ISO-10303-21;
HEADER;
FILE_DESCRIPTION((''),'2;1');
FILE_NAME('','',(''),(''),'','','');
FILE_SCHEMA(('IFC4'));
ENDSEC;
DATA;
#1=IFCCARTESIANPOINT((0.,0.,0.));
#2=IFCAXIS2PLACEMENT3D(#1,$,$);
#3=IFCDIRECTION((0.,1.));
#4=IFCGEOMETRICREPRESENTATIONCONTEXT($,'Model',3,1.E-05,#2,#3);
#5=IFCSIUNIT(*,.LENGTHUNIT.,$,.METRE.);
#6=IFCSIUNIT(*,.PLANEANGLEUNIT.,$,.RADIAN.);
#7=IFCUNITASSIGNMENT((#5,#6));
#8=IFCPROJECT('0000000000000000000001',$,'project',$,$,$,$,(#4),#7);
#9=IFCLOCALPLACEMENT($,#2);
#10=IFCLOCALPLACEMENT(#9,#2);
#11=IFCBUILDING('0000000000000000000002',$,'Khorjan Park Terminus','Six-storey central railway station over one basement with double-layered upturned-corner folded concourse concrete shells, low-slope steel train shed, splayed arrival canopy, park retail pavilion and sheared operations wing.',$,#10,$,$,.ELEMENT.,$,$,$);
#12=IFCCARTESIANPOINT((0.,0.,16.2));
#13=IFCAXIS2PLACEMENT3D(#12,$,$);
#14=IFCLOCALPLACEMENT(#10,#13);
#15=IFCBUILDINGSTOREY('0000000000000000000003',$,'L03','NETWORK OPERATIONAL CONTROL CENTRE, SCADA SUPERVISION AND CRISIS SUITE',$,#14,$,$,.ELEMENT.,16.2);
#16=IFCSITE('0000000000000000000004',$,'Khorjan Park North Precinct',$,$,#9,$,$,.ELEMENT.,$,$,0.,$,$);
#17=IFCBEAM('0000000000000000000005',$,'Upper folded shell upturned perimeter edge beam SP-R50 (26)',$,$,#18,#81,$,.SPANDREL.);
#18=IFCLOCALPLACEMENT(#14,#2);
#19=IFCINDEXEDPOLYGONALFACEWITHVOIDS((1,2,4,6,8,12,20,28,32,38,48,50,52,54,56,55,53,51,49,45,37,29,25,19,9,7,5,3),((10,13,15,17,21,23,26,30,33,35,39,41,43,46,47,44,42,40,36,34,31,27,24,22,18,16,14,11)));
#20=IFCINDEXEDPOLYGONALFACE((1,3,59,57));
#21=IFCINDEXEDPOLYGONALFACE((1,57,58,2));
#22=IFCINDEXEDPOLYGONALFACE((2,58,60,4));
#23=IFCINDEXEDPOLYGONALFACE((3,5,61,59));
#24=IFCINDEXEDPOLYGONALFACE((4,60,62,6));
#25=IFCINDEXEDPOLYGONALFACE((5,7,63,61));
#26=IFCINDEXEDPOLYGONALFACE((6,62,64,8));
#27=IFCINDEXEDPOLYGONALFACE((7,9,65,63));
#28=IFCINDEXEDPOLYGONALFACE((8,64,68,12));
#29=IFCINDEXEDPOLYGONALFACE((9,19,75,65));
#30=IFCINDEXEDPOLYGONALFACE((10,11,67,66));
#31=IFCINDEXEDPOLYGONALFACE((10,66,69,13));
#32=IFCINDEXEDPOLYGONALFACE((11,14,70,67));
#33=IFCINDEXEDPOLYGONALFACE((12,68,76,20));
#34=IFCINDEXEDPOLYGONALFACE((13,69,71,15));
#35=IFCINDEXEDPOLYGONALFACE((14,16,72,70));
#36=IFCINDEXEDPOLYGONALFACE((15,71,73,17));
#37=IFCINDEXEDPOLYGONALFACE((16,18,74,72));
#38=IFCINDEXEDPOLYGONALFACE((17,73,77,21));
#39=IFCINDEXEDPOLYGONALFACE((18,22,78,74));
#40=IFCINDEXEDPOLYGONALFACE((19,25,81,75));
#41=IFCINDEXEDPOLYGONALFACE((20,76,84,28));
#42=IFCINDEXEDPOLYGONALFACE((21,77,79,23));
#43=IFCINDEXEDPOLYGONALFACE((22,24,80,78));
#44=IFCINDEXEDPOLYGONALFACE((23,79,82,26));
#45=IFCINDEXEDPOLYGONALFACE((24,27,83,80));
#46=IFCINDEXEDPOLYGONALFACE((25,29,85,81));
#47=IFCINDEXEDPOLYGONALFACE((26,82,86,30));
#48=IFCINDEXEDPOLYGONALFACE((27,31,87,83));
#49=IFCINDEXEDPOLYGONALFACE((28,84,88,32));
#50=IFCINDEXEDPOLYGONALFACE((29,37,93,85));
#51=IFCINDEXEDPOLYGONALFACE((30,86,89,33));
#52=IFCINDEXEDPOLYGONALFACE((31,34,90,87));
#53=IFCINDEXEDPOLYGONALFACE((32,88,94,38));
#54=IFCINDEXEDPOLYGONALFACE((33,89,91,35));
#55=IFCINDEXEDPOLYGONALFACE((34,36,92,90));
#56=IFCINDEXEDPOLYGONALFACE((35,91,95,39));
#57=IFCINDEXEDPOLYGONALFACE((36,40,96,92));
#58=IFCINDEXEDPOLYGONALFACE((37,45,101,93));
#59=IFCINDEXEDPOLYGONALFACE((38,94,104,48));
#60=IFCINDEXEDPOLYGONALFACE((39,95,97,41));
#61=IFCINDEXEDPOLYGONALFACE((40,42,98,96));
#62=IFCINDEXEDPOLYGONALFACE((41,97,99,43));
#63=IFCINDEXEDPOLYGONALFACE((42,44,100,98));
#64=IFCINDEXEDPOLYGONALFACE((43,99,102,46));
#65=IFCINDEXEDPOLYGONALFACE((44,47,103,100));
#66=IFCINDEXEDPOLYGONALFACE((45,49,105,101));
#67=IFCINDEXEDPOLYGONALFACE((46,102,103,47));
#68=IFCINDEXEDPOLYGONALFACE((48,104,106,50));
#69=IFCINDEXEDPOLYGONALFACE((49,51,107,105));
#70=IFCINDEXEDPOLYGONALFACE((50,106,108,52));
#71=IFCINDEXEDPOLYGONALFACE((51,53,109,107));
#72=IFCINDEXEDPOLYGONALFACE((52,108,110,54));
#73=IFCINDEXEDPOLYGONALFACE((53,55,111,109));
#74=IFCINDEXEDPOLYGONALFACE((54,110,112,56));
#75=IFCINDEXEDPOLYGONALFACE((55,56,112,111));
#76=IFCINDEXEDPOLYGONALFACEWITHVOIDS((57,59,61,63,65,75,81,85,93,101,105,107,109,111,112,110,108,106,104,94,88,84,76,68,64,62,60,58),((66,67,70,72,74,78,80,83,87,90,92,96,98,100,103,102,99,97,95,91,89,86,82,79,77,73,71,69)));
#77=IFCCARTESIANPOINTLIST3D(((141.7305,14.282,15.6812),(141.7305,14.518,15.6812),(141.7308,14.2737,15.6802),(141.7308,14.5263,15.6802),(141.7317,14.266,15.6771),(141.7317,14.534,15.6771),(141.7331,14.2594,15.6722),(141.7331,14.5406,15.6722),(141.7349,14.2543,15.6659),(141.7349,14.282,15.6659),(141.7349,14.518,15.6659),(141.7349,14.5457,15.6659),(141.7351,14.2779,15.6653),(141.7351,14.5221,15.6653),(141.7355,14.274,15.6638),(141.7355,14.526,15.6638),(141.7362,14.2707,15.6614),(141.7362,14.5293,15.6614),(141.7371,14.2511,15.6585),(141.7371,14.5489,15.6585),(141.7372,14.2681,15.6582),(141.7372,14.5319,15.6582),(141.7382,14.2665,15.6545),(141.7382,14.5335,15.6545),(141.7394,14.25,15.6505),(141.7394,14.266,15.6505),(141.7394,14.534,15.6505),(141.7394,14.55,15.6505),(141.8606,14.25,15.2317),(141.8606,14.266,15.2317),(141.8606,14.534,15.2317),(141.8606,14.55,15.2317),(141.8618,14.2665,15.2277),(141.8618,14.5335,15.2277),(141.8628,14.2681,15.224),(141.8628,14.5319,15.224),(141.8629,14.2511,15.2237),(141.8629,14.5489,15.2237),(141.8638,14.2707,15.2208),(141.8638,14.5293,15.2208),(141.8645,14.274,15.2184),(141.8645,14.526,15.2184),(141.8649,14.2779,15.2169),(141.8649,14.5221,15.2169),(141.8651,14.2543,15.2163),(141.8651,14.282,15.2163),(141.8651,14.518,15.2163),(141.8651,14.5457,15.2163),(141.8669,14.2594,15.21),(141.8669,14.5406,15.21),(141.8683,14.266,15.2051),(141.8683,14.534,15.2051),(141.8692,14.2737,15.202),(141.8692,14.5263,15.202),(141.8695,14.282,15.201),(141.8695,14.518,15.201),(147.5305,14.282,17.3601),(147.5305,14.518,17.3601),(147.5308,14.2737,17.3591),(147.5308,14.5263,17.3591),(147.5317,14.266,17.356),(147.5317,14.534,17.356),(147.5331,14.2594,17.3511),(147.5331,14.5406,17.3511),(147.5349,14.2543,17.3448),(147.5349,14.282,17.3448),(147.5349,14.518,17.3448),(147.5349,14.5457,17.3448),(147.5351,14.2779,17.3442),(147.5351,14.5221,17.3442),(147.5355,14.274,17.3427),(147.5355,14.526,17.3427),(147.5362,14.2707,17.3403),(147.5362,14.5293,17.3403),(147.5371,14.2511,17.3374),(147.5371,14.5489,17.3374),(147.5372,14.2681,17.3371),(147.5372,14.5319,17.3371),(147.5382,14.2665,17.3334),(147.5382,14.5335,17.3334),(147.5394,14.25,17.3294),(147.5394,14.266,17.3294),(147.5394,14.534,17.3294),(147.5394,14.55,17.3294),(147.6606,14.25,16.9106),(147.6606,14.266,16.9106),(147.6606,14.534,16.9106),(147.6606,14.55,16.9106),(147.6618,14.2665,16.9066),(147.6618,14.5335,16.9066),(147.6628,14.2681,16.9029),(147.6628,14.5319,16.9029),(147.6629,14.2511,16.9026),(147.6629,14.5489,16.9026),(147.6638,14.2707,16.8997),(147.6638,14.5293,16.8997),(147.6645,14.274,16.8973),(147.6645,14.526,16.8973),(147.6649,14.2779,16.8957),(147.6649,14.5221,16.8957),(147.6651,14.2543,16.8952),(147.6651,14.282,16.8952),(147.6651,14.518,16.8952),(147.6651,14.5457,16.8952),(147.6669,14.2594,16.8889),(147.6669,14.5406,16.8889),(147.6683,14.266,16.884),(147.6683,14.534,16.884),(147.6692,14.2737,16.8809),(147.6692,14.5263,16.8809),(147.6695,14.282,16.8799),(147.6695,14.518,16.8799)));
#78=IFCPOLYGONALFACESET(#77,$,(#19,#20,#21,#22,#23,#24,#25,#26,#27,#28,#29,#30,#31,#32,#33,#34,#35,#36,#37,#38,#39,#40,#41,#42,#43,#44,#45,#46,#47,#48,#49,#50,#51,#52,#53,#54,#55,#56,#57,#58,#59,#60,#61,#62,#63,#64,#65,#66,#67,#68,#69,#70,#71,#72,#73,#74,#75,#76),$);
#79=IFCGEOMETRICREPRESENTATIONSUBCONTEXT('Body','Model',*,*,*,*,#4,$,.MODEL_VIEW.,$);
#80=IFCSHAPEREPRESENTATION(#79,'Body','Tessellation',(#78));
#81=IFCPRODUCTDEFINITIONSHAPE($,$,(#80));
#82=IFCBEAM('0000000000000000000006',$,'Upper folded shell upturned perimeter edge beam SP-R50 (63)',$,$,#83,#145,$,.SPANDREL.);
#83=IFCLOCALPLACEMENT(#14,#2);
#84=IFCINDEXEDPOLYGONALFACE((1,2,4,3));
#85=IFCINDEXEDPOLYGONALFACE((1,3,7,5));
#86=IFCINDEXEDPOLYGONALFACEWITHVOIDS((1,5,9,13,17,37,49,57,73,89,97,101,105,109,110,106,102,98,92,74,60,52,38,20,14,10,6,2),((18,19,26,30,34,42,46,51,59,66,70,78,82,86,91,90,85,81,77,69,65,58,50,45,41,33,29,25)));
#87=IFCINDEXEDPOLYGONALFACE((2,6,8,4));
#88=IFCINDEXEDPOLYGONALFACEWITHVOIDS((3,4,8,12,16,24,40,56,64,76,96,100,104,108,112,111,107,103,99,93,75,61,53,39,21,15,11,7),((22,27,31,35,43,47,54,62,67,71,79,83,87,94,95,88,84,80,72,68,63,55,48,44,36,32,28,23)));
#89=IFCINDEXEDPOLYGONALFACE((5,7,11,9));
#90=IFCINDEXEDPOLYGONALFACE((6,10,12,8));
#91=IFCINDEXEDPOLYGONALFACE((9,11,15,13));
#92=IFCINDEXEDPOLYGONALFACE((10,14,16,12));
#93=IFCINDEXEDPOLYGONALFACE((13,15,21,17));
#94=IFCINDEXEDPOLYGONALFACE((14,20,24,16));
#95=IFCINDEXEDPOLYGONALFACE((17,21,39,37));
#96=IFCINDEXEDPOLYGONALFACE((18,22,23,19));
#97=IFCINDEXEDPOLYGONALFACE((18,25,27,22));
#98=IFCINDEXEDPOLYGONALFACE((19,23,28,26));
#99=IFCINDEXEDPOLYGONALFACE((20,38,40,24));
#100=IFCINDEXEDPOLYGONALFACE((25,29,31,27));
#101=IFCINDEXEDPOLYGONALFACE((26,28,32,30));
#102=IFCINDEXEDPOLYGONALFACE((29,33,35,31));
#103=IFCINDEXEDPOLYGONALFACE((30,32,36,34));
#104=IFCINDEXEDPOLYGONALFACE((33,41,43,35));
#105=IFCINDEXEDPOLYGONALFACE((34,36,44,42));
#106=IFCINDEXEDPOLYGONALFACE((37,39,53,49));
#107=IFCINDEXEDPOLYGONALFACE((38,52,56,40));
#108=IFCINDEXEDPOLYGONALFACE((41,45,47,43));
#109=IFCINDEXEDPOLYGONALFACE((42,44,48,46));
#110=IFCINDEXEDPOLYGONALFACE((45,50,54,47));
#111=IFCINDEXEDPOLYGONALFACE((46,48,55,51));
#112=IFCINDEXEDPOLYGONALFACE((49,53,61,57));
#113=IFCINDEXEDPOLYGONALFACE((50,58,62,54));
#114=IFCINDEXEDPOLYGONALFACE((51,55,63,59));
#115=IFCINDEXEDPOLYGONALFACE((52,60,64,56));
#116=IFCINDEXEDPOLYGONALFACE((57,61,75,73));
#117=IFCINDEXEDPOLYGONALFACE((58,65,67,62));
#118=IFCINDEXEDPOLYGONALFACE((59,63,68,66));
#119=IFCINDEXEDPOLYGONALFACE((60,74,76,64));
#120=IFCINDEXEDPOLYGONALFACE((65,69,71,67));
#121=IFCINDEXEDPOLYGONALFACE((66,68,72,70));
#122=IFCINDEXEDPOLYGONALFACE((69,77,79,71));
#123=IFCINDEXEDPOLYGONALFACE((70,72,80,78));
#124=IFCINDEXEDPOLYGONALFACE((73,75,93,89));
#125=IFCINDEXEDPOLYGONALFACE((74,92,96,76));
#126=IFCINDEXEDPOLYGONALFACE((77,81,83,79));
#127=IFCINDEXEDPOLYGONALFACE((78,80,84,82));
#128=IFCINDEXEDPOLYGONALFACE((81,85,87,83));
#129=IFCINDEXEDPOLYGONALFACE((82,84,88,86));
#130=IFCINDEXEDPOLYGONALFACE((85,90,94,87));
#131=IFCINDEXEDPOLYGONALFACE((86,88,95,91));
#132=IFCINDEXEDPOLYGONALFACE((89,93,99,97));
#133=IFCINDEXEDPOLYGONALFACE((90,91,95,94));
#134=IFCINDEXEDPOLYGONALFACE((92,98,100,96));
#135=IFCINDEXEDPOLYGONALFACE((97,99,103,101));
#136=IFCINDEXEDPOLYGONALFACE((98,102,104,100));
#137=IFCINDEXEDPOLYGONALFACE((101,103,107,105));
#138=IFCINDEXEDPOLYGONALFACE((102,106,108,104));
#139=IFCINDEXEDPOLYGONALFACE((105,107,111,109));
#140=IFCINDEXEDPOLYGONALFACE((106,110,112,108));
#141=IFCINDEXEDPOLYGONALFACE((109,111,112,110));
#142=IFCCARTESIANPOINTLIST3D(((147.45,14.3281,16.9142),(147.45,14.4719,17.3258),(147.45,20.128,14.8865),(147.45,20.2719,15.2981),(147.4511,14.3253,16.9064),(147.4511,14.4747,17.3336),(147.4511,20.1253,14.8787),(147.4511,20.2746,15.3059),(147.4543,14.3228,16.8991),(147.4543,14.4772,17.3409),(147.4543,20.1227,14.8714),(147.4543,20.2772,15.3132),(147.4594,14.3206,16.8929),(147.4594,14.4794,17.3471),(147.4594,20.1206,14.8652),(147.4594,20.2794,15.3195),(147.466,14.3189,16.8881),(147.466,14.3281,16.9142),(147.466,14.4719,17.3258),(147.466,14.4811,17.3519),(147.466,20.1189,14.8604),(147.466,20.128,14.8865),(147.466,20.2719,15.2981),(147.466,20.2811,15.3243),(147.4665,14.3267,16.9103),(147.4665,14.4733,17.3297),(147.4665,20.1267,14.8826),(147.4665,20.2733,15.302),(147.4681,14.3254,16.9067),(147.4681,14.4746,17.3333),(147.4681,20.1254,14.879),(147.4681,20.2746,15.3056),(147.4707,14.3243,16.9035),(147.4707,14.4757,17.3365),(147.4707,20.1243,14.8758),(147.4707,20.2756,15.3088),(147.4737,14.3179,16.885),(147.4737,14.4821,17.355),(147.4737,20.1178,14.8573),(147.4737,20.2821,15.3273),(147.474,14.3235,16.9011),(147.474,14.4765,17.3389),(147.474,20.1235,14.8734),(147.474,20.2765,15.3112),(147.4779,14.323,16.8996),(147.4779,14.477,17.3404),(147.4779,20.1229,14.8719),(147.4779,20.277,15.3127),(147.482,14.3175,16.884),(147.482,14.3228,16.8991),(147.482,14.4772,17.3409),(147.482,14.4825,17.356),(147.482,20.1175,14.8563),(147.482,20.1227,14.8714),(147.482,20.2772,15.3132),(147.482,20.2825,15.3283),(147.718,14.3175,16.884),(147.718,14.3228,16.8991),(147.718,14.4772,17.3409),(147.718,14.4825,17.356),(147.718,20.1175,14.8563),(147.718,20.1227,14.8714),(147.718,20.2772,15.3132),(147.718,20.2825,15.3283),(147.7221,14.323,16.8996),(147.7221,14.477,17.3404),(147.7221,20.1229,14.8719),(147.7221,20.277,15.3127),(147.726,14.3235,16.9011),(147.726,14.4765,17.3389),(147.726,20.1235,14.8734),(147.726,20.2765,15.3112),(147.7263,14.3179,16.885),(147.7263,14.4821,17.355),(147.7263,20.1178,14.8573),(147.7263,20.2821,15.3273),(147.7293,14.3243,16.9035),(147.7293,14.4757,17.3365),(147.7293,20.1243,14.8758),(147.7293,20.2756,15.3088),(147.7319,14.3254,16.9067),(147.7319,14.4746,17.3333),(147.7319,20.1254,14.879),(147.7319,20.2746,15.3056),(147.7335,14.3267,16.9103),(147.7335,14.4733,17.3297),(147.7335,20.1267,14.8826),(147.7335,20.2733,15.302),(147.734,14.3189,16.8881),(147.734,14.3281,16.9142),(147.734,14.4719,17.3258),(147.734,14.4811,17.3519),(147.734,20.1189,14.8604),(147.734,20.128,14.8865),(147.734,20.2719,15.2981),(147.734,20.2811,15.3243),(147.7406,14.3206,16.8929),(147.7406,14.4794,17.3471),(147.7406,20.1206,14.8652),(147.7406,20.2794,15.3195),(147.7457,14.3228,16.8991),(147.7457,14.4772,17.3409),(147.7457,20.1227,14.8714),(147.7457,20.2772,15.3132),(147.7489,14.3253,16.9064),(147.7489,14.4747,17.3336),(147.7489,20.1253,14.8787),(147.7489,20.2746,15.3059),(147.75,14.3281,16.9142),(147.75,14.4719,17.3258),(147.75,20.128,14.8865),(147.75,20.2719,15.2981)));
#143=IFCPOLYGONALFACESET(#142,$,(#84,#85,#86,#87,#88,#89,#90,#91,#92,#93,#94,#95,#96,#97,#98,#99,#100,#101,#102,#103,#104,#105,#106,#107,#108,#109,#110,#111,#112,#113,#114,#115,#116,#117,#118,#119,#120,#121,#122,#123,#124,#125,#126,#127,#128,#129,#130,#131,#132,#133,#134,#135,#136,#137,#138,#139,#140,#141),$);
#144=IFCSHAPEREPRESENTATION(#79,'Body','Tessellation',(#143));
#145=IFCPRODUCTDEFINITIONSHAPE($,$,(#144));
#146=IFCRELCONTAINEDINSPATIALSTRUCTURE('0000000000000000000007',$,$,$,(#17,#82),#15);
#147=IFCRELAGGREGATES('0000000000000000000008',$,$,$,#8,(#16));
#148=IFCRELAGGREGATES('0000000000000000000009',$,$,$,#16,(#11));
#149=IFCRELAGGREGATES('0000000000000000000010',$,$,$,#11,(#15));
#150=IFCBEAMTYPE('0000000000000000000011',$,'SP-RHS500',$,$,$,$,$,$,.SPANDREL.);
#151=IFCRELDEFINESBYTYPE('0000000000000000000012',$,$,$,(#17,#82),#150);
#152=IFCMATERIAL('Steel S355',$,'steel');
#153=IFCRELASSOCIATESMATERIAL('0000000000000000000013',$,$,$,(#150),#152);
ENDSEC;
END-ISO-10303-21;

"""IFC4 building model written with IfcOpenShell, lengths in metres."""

from ifc_helpers import new_model, si_unit, direction, frame, origin, origin_2d, place, context, subcontext, project, spatial, hollow_rectangle, extrude, material, material_profile, profile_set, type_object, element, save


model = new_model("IFC4")

# Units and contexts
model_context = context("Model", 3, precision=1e-05, world=origin(), true_north=direction((0.0, 1.0)))
body_context = subcontext(model_context, "Body", "Model", "MODEL_VIEW")
ifc_project = project(units=[si_unit("LENGTHUNIT", "METRE"), si_unit("PLANEANGLEUNIT", "RADIAN")], contexts=[model_context])

# Site, building, storey
site_placement = place(None, origin())
site = spatial("IfcSite", under=ifc_project, at=site_placement, Name="Khorjan Park North Precinct", CompositionType="ELEMENT", RefElevation=0.0)
building_placement = place(site_placement, origin())
building = spatial("IfcBuilding", under=site, at=building_placement, Name="Khorjan Park Terminus", Description="Six-storey central railway station over one basement with double-layered upturned-corner folded concourse concrete shells, low-slope steel train shed, splayed arrival canopy, park retail pavilion and sheared operations wing.", CompositionType="ELEMENT")
storey_placement = place(building_placement, frame((0.0, 0.0, 16.2)))
storey = spatial("IfcBuildingStorey", under=building, at=storey_placement, Name="L03", Description="NETWORK OPERATIONAL CONTROL CENTRE, SCADA SUPERVISION AND CRISIS SUITE", CompositionType="ELEMENT", Elevation=16.2)

# Shared definitions
ifc_material = material(Name="Steel S355", Category="steel")

# Beams
ifc_material_profile_1 = material_profile(ifc_material, hollow_rectangle(XDim=0.3, YDim=0.5, WallThickness=0.016, InnerFilletRadius=0.016, OuterFilletRadius=0.032, at=origin_2d()), Name="RHS 500x300x16")
ifc_profile_set_1 = profile_set([ifc_material_profile_1], Name="Steel S355")
beam_type = type_object("IfcBeamType", Name="SP-RHS500", PredefinedType="SPANDREL", material=ifc_profile_set_1)
beam_1_placement = place(storey_placement, frame((141.8, 14.4, 15.4411), z_axis=(0.960566, 0.0, 0.278051), x_axis=(0.0, 1.0, 0.0)))
element("IfcBeam", 1, at=beam_1_placement, inside=storey, type_object=beam_type, Name="Upper folded shell upturned perimeter edge beam SP-R50 (26)", PredefinedType="SPANDREL", context=body_context, shape_type="SweptSolid", body=[
    extrude(hollow_rectangle(XDim=0.3, YDim=0.5, WallThickness=0.016, InnerFilletRadius=0.016, OuterFilletRadius=0.032, at=origin_2d()), origin(), (0.0, 0.0, 1.0), 6.0381),
])
beam_2_placement = place(storey_placement, frame((147.6, 14.4, 17.12), z_axis=(0.0, 0.943975, -0.330017), x_axis=(-1.0, 0.0, 0.0)))
element("IfcBeam", 2, at=beam_2_placement, inside=storey, type_object=beam_type, Name="Upper folded shell upturned perimeter edge beam SP-R50 (63)", PredefinedType="SPANDREL", context=body_context, shape_type="SweptSolid", body=[
    extrude(hollow_rectangle(XDim=0.3, YDim=0.5, WallThickness=0.016, InnerFilletRadius=0.016, OuterFilletRadius=0.032, at=origin_2d()), origin(), (0.0, 0.0, 1.0), 6.1442),
])

save(model, "model.ifc")
